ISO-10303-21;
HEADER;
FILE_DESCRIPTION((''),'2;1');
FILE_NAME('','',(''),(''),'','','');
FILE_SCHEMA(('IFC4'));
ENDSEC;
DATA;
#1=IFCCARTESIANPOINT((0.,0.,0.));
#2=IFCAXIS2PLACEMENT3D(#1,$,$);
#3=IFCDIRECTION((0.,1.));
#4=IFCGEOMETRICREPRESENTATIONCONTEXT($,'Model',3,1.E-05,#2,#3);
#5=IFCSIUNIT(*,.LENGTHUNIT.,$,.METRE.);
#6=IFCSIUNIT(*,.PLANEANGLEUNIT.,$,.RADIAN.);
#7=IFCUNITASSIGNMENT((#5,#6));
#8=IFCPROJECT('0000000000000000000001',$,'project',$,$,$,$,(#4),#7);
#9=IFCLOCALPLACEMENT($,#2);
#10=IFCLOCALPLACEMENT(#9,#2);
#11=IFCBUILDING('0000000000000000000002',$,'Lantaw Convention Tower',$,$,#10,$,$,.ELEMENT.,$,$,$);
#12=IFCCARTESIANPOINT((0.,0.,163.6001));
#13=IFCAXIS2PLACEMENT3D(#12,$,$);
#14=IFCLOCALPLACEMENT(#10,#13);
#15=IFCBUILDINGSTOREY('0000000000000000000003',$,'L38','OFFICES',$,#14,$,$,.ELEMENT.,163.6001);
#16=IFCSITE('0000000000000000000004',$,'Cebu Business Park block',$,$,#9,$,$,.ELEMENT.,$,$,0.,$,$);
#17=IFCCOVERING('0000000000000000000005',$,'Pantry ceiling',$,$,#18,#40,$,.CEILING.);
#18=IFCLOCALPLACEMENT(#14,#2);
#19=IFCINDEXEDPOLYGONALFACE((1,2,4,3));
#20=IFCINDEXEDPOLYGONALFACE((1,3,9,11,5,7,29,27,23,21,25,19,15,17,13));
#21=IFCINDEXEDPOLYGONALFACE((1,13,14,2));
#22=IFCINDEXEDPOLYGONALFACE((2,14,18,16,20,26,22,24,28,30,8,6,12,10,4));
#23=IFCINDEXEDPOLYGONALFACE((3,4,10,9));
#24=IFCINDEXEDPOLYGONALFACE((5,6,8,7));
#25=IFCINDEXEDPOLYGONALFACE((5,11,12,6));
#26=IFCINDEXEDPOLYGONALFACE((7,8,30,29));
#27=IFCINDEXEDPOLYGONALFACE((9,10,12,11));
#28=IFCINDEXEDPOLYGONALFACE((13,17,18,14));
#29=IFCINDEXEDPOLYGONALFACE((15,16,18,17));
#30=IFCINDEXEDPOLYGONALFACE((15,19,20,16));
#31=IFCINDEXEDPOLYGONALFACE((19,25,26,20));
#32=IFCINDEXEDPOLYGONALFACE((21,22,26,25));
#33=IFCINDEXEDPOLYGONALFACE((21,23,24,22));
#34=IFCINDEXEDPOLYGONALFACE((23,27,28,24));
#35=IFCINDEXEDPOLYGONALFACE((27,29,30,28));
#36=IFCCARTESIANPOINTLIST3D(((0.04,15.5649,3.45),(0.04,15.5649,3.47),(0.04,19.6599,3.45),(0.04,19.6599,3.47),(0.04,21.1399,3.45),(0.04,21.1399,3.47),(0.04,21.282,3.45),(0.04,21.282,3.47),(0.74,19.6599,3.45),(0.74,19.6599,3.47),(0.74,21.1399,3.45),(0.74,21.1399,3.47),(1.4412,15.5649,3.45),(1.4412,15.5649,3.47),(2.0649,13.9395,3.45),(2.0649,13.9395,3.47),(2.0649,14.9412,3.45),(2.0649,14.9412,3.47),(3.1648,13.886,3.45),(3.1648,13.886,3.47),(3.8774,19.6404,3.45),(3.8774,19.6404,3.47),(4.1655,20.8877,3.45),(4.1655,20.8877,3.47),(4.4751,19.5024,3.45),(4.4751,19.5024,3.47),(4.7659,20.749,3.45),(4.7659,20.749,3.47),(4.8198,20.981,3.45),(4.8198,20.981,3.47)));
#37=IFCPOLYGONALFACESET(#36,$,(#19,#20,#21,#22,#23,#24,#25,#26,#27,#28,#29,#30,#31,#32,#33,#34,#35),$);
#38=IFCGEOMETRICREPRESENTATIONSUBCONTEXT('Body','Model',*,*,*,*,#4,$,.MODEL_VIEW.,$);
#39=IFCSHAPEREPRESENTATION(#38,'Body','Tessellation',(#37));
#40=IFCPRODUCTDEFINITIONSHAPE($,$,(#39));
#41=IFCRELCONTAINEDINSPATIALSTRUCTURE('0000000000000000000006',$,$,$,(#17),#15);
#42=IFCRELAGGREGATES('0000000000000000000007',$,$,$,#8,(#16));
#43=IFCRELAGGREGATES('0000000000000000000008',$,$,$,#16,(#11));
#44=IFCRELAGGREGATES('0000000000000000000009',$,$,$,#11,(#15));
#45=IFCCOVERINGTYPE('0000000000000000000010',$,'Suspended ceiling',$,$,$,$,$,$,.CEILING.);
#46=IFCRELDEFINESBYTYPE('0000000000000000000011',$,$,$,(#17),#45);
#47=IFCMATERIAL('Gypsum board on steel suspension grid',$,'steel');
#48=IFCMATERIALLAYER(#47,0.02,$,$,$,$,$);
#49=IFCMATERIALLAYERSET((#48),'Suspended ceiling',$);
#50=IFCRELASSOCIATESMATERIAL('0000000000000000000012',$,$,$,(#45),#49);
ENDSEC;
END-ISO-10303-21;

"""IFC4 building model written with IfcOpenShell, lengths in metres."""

from ifc_helpers import new_model, si_unit, direction, frame, origin, place, context, subcontext, project, spatial, polyline, outline, extrude, material, layer, layer_set, type_object, element, save


model = new_model("IFC4")

# Units and contexts
model_context = context("Model", 3, precision=1e-05, world=origin(), true_north=direction((0.0, 1.0)))
body_context = subcontext(model_context, "Body", "Model", "MODEL_VIEW")
ifc_project = project(units=[si_unit("LENGTHUNIT", "METRE"), si_unit("PLANEANGLEUNIT", "RADIAN")], contexts=[model_context])

# Site, building, storey
site_placement = place(None, origin())
site = spatial("IfcSite", under=ifc_project, at=site_placement, Name="Cebu Business Park block", CompositionType="ELEMENT", RefElevation=0.0)
building_placement = place(site_placement, origin())
building = spatial("IfcBuilding", under=site, at=building_placement, Name="Lantaw Convention Tower", CompositionType="ELEMENT")
storey_placement = place(building_placement, frame((0.0, 0.0, 163.6001)))
storey = spatial("IfcBuildingStorey", under=building, at=storey_placement, Name="L38", Description="OFFICES", CompositionType="ELEMENT", Elevation=163.6001)

# Covering
ifc_material_1 = material(Name="Gypsum board on steel suspension grid", Category="steel")
ifc_layer_1 = layer(ifc_material_1, 0.02)
ifc_layer_set_1 = layer_set([ifc_layer_1], Name="Suspended ceiling")
covering_type = type_object("IfcCoveringType", Name="Suspended ceiling", PredefinedType="CEILING", material=ifc_layer_set_1)
covering_1_placement = place(storey_placement, frame((0.0, 0.0, 3.45)))
element("IfcCovering", 1, at=covering_1_placement, inside=storey, type_object=covering_type, Name="Pantry ceiling", PredefinedType="CEILING", context=body_context, shape_type="SweptSolid", body=[
    extrude(outline(polyline([(2.0649, 14.9412), (2.0649, 13.9395), (3.1648, 13.886), (4.4751, 19.5024), (3.8774, 19.6404), (4.1655, 20.8877), (4.7659, 20.749), (4.8198, 20.981), (0.04, 21.282), (0.04, 21.1399), (0.74, 21.1399), (0.74, 19.6599), (0.04, 19.6599), (0.04, 15.5649), (1.4412, 15.5649), (2.0649, 14.9412)])), origin(), (0.0, 0.0, 1.0), 0.02),
])

save(model, "model.ifc")
